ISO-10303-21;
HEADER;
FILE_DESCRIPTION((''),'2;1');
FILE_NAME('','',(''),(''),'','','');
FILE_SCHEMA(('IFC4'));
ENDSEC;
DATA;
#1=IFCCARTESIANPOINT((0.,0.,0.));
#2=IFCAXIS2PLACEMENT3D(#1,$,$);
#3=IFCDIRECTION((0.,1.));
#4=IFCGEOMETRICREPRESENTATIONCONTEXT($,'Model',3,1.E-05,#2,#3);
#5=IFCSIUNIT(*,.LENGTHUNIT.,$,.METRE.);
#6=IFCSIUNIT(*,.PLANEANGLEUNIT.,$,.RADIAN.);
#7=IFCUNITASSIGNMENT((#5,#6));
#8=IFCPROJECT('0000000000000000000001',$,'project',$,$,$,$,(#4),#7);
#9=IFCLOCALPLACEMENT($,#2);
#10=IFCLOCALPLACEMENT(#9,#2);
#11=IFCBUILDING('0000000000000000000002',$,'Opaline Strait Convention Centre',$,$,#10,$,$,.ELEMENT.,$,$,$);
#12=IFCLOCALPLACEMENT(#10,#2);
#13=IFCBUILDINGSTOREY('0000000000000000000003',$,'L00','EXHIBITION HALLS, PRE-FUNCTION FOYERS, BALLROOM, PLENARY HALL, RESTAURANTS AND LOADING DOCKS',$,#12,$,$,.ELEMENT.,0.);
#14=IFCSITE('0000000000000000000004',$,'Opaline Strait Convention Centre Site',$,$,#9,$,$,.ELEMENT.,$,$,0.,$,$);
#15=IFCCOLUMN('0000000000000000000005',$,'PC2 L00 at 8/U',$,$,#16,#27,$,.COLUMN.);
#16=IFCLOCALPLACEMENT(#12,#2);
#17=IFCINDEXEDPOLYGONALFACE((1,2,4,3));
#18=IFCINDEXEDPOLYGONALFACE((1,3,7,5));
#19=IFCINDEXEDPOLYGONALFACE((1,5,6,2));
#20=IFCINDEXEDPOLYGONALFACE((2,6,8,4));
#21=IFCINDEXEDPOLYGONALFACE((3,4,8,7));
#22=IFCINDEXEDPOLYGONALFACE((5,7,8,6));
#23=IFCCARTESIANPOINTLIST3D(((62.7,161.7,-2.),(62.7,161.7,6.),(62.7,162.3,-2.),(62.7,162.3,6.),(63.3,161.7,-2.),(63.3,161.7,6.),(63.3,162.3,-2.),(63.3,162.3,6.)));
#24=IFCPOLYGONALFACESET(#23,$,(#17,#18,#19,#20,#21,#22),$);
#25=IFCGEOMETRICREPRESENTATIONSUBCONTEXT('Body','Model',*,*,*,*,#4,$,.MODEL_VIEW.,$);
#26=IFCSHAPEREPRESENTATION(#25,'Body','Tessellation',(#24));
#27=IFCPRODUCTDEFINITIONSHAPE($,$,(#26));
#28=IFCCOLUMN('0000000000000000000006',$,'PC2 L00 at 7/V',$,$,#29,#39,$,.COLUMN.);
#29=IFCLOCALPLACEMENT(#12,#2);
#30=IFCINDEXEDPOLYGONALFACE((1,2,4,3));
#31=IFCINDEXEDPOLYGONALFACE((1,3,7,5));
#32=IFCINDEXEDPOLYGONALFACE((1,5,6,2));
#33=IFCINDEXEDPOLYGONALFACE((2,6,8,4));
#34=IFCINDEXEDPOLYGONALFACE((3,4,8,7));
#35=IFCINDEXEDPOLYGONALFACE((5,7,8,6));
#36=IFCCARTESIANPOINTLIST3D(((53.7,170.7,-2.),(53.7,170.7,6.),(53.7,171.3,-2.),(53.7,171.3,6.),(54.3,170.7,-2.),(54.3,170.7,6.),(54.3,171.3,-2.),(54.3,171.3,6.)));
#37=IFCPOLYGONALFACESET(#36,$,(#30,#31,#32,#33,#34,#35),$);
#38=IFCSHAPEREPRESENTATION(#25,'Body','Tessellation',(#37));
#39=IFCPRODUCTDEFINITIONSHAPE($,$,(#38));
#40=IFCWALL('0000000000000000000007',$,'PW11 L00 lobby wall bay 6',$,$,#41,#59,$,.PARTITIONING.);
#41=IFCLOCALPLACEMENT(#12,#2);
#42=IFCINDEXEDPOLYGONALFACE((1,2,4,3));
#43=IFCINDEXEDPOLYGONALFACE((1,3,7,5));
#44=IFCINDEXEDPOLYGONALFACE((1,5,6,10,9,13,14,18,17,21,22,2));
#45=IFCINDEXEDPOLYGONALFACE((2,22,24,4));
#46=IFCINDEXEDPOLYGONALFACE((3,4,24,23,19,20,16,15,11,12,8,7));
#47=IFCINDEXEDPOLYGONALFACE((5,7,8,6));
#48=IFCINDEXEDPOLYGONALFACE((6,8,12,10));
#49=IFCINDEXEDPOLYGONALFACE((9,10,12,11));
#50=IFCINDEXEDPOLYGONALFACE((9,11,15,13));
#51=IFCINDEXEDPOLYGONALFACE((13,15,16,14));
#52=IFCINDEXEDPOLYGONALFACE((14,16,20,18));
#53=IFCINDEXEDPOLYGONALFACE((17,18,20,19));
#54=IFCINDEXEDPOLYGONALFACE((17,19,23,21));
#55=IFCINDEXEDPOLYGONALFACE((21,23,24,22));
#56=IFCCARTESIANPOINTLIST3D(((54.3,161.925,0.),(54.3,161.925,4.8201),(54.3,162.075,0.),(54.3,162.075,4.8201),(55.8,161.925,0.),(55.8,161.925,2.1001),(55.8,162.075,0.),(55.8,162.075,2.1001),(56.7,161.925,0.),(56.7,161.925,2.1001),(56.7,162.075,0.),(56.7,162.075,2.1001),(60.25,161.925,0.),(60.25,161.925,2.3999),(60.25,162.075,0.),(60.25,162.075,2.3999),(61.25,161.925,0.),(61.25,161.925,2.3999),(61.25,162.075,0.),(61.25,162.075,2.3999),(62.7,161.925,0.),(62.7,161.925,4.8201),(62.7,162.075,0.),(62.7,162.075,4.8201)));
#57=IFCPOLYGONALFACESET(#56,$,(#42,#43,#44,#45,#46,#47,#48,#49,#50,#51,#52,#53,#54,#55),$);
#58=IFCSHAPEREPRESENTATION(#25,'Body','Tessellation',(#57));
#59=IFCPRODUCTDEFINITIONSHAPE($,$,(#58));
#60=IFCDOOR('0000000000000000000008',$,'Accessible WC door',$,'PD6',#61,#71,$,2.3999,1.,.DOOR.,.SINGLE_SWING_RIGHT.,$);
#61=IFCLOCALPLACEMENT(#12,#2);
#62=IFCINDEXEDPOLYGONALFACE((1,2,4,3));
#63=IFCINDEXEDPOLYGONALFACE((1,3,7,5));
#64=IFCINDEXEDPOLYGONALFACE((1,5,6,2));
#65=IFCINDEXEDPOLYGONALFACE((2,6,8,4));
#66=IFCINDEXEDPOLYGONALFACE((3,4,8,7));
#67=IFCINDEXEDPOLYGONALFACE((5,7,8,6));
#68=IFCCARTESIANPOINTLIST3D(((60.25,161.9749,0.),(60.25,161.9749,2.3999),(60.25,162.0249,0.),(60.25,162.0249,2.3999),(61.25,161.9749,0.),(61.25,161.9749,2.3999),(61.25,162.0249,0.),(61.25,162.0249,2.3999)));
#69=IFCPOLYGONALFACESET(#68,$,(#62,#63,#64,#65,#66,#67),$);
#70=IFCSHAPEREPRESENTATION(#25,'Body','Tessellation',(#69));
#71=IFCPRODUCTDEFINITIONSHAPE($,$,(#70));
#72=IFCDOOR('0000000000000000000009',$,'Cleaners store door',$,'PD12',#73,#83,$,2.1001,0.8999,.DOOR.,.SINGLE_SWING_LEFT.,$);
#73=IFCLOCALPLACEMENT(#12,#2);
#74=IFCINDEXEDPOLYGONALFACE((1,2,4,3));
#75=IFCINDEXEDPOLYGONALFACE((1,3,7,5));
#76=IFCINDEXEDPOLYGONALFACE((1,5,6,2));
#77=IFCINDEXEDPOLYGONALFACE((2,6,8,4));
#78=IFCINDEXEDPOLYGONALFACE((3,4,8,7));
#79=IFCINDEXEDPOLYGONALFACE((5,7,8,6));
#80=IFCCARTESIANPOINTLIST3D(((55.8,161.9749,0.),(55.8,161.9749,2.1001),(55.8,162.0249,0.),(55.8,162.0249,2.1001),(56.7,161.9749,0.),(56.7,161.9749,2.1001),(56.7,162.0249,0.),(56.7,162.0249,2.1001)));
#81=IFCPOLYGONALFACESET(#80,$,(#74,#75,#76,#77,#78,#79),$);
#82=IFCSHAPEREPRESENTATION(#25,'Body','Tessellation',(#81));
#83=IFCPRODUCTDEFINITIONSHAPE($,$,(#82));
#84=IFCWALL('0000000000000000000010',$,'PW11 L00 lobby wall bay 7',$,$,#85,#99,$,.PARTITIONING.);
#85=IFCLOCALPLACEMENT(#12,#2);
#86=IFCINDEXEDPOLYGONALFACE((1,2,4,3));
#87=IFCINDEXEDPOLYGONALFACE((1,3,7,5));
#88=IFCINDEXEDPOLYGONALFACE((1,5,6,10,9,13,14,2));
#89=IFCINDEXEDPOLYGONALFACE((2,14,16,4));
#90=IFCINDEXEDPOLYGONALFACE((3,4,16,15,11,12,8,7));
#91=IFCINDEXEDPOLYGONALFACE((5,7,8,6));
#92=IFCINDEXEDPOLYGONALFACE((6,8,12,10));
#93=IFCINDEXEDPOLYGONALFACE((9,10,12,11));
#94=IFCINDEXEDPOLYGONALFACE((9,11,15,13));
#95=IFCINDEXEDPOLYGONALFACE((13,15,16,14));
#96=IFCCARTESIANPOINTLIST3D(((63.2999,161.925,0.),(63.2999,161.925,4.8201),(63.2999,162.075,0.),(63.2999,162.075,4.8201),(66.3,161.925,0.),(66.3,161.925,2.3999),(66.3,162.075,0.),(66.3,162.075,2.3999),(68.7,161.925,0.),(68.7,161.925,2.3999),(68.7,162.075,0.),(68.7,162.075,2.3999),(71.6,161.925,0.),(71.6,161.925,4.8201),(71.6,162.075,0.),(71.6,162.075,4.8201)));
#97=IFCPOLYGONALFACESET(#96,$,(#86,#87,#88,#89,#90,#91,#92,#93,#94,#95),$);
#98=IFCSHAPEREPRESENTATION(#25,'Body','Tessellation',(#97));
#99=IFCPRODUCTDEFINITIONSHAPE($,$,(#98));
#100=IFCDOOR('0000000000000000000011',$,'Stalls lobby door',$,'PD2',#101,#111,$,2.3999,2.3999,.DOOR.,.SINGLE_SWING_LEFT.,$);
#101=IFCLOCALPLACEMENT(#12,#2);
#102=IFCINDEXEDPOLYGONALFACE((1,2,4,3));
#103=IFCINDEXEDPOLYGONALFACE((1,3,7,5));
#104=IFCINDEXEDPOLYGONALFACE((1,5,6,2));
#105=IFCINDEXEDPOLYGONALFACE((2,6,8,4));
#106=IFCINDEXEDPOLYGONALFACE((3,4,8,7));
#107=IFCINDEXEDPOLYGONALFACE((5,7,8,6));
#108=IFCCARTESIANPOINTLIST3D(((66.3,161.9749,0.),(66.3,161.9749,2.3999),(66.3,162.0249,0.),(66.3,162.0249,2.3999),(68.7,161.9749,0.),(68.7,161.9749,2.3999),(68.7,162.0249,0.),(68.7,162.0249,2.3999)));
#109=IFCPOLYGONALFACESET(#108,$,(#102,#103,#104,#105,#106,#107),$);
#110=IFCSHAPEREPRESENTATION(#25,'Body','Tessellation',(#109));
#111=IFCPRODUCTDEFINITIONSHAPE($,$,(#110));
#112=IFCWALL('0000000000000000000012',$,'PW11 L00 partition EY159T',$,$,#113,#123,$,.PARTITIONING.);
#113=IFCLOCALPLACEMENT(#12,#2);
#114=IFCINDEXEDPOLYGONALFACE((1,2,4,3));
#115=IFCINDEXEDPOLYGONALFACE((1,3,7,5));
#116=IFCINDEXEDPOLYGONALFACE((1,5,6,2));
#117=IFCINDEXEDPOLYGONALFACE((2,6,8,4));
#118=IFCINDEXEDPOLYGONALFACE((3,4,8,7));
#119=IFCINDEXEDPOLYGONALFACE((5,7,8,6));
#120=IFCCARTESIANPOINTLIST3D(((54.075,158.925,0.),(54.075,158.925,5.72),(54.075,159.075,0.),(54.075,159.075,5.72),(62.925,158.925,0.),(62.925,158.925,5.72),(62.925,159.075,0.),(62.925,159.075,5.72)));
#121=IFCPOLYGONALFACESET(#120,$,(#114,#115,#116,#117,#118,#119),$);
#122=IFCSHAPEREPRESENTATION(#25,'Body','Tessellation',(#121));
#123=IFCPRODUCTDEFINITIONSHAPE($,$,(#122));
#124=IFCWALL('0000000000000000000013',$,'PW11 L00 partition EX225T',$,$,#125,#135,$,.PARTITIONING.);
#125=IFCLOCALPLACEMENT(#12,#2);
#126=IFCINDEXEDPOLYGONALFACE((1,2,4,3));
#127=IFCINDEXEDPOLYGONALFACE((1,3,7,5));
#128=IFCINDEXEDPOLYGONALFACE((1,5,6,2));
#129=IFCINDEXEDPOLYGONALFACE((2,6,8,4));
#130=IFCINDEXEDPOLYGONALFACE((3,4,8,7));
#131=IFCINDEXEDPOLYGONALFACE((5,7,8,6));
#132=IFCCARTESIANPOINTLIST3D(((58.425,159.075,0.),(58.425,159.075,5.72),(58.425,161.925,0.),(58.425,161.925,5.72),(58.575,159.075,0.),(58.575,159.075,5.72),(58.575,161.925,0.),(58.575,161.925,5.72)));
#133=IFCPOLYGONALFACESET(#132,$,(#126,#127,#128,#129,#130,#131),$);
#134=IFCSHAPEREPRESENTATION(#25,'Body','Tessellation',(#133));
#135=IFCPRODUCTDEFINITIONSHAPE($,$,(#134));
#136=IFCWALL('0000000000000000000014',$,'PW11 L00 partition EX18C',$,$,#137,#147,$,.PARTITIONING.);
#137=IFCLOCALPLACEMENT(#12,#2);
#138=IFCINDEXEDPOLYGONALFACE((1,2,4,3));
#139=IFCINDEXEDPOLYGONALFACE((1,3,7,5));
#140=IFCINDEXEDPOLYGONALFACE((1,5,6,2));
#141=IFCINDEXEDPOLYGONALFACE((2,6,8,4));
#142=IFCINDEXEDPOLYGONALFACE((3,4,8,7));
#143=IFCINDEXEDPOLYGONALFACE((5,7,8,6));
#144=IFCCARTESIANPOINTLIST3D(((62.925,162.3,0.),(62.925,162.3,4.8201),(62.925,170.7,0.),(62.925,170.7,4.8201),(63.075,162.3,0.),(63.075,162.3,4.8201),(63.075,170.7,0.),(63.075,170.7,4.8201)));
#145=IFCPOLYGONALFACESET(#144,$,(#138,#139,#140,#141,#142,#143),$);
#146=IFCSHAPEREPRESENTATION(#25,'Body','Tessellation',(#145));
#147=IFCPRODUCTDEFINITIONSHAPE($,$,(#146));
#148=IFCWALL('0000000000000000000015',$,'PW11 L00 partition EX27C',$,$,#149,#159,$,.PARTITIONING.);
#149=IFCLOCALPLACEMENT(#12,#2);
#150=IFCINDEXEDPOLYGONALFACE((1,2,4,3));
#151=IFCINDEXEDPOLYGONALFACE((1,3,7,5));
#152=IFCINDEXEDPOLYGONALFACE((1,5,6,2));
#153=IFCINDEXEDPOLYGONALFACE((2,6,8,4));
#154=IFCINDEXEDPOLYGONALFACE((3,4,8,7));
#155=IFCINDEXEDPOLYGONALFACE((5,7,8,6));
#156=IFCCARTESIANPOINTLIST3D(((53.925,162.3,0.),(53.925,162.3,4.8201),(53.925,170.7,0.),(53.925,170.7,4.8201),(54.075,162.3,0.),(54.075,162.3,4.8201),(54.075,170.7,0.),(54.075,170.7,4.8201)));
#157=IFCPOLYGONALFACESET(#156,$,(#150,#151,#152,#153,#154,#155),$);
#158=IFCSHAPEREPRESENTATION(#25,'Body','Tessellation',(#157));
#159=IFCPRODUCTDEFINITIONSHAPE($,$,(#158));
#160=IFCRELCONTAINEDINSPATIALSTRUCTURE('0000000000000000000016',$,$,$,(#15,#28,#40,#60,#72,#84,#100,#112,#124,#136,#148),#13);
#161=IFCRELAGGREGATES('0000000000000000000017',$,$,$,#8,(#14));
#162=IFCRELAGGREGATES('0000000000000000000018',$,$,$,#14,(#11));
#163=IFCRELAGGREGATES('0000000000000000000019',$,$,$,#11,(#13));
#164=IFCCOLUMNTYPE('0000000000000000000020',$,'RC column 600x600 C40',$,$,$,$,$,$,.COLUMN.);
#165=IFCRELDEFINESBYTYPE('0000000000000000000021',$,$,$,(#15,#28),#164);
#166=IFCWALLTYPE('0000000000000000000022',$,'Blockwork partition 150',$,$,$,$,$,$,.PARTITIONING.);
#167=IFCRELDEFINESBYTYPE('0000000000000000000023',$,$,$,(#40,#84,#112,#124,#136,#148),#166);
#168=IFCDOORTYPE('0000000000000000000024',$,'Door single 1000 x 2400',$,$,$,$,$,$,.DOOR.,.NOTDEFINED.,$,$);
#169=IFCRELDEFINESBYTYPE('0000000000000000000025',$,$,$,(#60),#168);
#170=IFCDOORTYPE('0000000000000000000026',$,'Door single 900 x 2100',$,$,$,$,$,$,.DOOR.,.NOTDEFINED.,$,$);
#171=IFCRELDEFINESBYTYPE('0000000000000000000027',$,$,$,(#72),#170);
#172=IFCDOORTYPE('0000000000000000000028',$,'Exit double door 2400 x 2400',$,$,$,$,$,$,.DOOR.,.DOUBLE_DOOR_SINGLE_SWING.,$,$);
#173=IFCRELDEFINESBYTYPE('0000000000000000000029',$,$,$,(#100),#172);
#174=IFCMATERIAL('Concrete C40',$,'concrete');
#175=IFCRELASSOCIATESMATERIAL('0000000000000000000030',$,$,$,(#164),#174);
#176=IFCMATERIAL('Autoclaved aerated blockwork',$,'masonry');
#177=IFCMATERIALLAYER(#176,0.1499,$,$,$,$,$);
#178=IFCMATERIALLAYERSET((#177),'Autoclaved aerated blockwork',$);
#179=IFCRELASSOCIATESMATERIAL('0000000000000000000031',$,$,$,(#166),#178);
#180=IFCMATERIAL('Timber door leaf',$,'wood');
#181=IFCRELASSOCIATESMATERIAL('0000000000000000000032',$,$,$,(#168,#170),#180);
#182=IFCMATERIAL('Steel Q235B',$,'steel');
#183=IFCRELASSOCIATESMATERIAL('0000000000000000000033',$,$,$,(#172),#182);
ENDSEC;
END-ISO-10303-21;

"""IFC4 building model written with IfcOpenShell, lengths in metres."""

from ifc_helpers import new_model, si_unit, direction, frame, frame_2d, origin, origin_2d, place, context, subcontext, project, spatial, rectangle, extrude, material, layer, layer_set, material_profile, profile_set, type_object, element, fill, save


model = new_model("IFC4")

# Units and contexts
model_context = context("Model", 3, precision=1e-05, world=origin(), true_north=direction((0.0, 1.0)))
body_context = subcontext(model_context, "Body", "Model", "MODEL_VIEW")
ifc_project = project(units=[si_unit("LENGTHUNIT", "METRE"), si_unit("PLANEANGLEUNIT", "RADIAN")], contexts=[model_context])

# Site, building, storey
site_placement = place(None, origin())
site = spatial("IfcSite", under=ifc_project, at=site_placement, Name="Opaline Strait Convention Centre Site", CompositionType="ELEMENT", RefElevation=0.0)
building_placement = place(site_placement, origin())
building = spatial("IfcBuilding", under=site, at=building_placement, Name="Opaline Strait Convention Centre", CompositionType="ELEMENT")
storey_placement = place(building_placement, origin())
storey = spatial("IfcBuildingStorey", under=building, at=storey_placement, Name="L00", Description="EXHIBITION HALLS, PRE-FUNCTION FOYERS, BALLROOM, PLENARY HALL, RESTAURANTS AND LOADING DOCKS", CompositionType="ELEMENT", Elevation=0.0)

# Columns
ifc_material_1 = material(Name="Concrete C40", Category="concrete")
ifc_material_profile_1 = material_profile(ifc_material_1, rectangle(XDim=0.6001, YDim=0.6001, at=origin_2d()), Name="RC 600x600")
ifc_profile_set_1 = profile_set([ifc_material_profile_1], Name="Concrete C40")
column_type = type_object("IfcColumnType", Name="RC column 600x600 C40", PredefinedType="COLUMN", material=ifc_profile_set_1)
for number, where, z_axis, x_axis, name in (
    (1, (63.0, 162.0, -2.0), (0.0, 0.0, 1.0), (1.0, 0.0, 0.0), "PC2 L00 at 8/U"),
    (2, (54.0, 171.0, -2.0), (0.0, 0.0, 1.0), (1.0, 0.0, 0.0), "PC2 L00 at 7/V"),
):
    element("IfcColumn", number, at=place(storey_placement, frame(where, z_axis=z_axis, x_axis=x_axis)), inside=storey, type_object=column_type, Name=name, PredefinedType="COLUMN", context=body_context, shape_type="SweptSolid", body=[
        extrude(rectangle(XDim=0.6001, YDim=0.6001, at=origin_2d()), origin(), (0.0, 0.0, 1.0), 8.0),
    ])

# Wall, openings, doors
ifc_material_2 = material(Name="Autoclaved aerated blockwork", Category="masonry")
ifc_layer = layer(ifc_material_2, 0.1499)
ifc_layer_set = layer_set([ifc_layer], Name="Autoclaved aerated blockwork")
wall_type = type_object("IfcWallType", Name="Blockwork partition 150", PredefinedType="PARTITIONING", material=ifc_layer_set)
wall_1_placement = place(storey_placement, frame((54.3, 162.0, 0.0), z_axis=(0.0, 0.0, 1.0), x_axis=(1.0, 0.0, 0.0)))
wall_1 = element("IfcWall", 3, at=wall_1_placement, inside=storey, type_object=wall_type, Name="PW11 L00 lobby wall bay 6", PredefinedType="PARTITIONING", context=body_context, shape_type="SweptSolid", body=[
    extrude(rectangle(XDim=8.3999, YDim=0.1499, at=frame_2d((4.2, 0.0))), origin(), (0.0, 0.0, 1.0), 4.8201),
])
opening_1_placement = place(wall_1_placement, frame((5.95, 0.0, 0.0)))
opening_1 = element("IfcOpeningElement", 4, at=opening_1_placement, cuts=wall_1, PredefinedType="OPENING", context=body_context, shape_type="SweptSolid", body=[
    extrude(rectangle(XDim=1.0, YDim=2.3999, at=frame_2d((0.5, 1.2))), frame((0.0, 0.085, 0.0), z_axis=(0.0, -1.0, 0.0), x_axis=(1.0, 0.0, 0.0)), (0.0, 0.0, 1.0), 0.1699),
])
opening_2_placement = place(wall_1_placement, frame((1.5, 0.0, 0.0)))
opening_2 = element("IfcOpeningElement", 5, at=opening_2_placement, cuts=wall_1, PredefinedType="OPENING", context=body_context, shape_type="SweptSolid", body=[
    extrude(rectangle(XDim=0.8999, YDim=2.1001, at=frame_2d((0.45, 1.05))), frame((0.0, 0.085, 0.0), z_axis=(0.0, -1.0, 0.0), x_axis=(1.0, 0.0, 0.0)), (0.0, 0.0, 1.0), 0.1699),
])
ifc_material_3 = material(Name="Timber door leaf", Category="wood")
door_type_1 = type_object("IfcDoorType", Name="Door single 1000 x 2400", OperationType="NOTDEFINED", PredefinedType="DOOR", material=ifc_material_3)
door_1_placement = place(opening_1_placement, origin())
door_1 = element("IfcDoor", 6, at=door_1_placement, inside=storey, type_object=door_type_1, Name="Accessible WC door", ObjectType="PD6", OperationType="SINGLE_SWING_RIGHT", OverallHeight=2.3999, OverallWidth=1.0, PredefinedType="DOOR", context=body_context, shape_type="SweptSolid", body=[
    extrude(rectangle(XDim=1.0, YDim=2.3999, at=frame_2d((0.5, 1.2))), frame((0.0, 0.0249, 0.0), z_axis=(0.0, -1.0, 0.0), x_axis=(1.0, 0.0, 0.0)), (0.0, 0.0, 1.0), 0.05),
])
fill(opening_1, door_1)
door_type_2 = type_object("IfcDoorType", Name="Door single 900 x 2100", OperationType="NOTDEFINED", PredefinedType="DOOR", material=ifc_material_3)
door_2_placement = place(opening_2_placement, origin())
door_2 = element("IfcDoor", 7, at=door_2_placement, inside=storey, type_object=door_type_2, Name="Cleaners store door", ObjectType="PD12", OperationType="SINGLE_SWING_LEFT", OverallHeight=2.1001, OverallWidth=0.8999, PredefinedType="DOOR", context=body_context, shape_type="SweptSolid", body=[
    extrude(rectangle(XDim=0.8999, YDim=2.1001, at=frame_2d((0.45, 1.05))), frame((0.0, 0.0249, 0.0), z_axis=(0.0, -1.0, 0.0), x_axis=(1.0, 0.0, 0.0)), (0.0, 0.0, 1.0), 0.05),
])
fill(opening_2, door_2)

# Wall, opening, door
wall_2_placement = place(storey_placement, frame((63.3, 162.0, 0.0), z_axis=(0.0, 0.0, 1.0), x_axis=(1.0, 0.0, 0.0)))
wall_2 = element("IfcWall", 8, at=wall_2_placement, inside=storey, type_object=wall_type, Name="PW11 L00 lobby wall bay 7", PredefinedType="PARTITIONING", context=body_context, shape_type="SweptSolid", body=[
    extrude(rectangle(XDim=8.3, YDim=0.1499, at=frame_2d((4.1499, 0.0))), origin(), (0.0, 0.0, 1.0), 4.8201),
])
opening_3_placement = place(wall_2_placement, frame((3.0, 0.0, 0.0)))
opening_3 = element("IfcOpeningElement", 9, at=opening_3_placement, cuts=wall_2, PredefinedType="OPENING", context=body_context, shape_type="SweptSolid", body=[
    extrude(rectangle(XDim=2.3999, YDim=2.3999, at=frame_2d((1.2, 1.2))), frame((0.0, 0.085, 0.0), z_axis=(0.0, -1.0, 0.0), x_axis=(1.0, 0.0, 0.0)), (0.0, 0.0, 1.0), 0.1699),
])
ifc_material_4 = material(Name="Steel Q235B", Category="steel")
door_type_3 = type_object("IfcDoorType", Name="Exit double door 2400 x 2400", OperationType="DOUBLE_DOOR_SINGLE_SWING", PredefinedType="DOOR", material=ifc_material_4)
door_3_placement = place(opening_3_placement, origin())
door_3 = element("IfcDoor", 10, at=door_3_placement, inside=storey, type_object=door_type_3, Name="Stalls lobby door", ObjectType="PD2", OperationType="SINGLE_SWING_LEFT", OverallHeight=2.3999, OverallWidth=2.3999, PredefinedType="DOOR", context=body_context, shape_type="SweptSolid", body=[
    extrude(rectangle(XDim=2.3999, YDim=2.3999, at=frame_2d((1.2, 1.2))), frame((0.0, 0.0249, 0.0), z_axis=(0.0, -1.0, 0.0), x_axis=(1.0, 0.0, 0.0)), (0.0, 0.0, 1.0), 0.05),
])
fill(opening_3, door_3)

# Walls
wall_3_placement = place(storey_placement, frame((62.925, 159.0, 0.0), z_axis=(0.0, 0.0, 1.0), x_axis=(-1.0, 0.0, 0.0)))
element("IfcWall", 11, at=wall_3_placement, inside=storey, type_object=wall_type, Name="PW11 L00 partition EY159T", PredefinedType="PARTITIONING", context=body_context, shape_type="SweptSolid", body=[
    extrude(rectangle(XDim=8.8501, YDim=0.1499, at=frame_2d((4.425, 0.0))), origin(), (0.0, 0.0, 1.0), 5.72),
])
wall_4_placement = place(storey_placement, frame((58.5, 159.075, 0.0), z_axis=(0.0, 0.0, 1.0), x_axis=(0.0, 1.0, 0.0)))
element("IfcWall", 12, at=wall_4_placement, inside=storey, type_object=wall_type, Name="PW11 L00 partition EX225T", PredefinedType="PARTITIONING", context=body_context, shape_type="SweptSolid", body=[
    extrude(rectangle(XDim=2.8501, YDim=0.1499, at=frame_2d((1.425, 0.0))), origin(), (0.0, 0.0, 1.0), 5.72),
])
for number, where, z_axis, x_axis, name in (
    (13, (63.0, 162.3, 0.0), (0.0, 0.0, 1.0), (0.0, 1.0, 0.0), "PW11 L00 partition EX18C"),
    (14, (54.0, 162.3, 0.0), (0.0, 0.0, 1.0), (0.0, 1.0, 0.0), "PW11 L00 partition EX27C"),
):
    element("IfcWall", number, at=place(storey_placement, frame(where, z_axis=z_axis, x_axis=x_axis)), inside=storey, type_object=wall_type, Name=name, PredefinedType="PARTITIONING", context=body_context, shape_type="SweptSolid", body=[
        extrude(rectangle(XDim=8.3999, YDim=0.1499, at=frame_2d((4.2, 0.0))), origin(), (0.0, 0.0, 1.0), 4.8201),
    ])

save(model, "model.ifc")
